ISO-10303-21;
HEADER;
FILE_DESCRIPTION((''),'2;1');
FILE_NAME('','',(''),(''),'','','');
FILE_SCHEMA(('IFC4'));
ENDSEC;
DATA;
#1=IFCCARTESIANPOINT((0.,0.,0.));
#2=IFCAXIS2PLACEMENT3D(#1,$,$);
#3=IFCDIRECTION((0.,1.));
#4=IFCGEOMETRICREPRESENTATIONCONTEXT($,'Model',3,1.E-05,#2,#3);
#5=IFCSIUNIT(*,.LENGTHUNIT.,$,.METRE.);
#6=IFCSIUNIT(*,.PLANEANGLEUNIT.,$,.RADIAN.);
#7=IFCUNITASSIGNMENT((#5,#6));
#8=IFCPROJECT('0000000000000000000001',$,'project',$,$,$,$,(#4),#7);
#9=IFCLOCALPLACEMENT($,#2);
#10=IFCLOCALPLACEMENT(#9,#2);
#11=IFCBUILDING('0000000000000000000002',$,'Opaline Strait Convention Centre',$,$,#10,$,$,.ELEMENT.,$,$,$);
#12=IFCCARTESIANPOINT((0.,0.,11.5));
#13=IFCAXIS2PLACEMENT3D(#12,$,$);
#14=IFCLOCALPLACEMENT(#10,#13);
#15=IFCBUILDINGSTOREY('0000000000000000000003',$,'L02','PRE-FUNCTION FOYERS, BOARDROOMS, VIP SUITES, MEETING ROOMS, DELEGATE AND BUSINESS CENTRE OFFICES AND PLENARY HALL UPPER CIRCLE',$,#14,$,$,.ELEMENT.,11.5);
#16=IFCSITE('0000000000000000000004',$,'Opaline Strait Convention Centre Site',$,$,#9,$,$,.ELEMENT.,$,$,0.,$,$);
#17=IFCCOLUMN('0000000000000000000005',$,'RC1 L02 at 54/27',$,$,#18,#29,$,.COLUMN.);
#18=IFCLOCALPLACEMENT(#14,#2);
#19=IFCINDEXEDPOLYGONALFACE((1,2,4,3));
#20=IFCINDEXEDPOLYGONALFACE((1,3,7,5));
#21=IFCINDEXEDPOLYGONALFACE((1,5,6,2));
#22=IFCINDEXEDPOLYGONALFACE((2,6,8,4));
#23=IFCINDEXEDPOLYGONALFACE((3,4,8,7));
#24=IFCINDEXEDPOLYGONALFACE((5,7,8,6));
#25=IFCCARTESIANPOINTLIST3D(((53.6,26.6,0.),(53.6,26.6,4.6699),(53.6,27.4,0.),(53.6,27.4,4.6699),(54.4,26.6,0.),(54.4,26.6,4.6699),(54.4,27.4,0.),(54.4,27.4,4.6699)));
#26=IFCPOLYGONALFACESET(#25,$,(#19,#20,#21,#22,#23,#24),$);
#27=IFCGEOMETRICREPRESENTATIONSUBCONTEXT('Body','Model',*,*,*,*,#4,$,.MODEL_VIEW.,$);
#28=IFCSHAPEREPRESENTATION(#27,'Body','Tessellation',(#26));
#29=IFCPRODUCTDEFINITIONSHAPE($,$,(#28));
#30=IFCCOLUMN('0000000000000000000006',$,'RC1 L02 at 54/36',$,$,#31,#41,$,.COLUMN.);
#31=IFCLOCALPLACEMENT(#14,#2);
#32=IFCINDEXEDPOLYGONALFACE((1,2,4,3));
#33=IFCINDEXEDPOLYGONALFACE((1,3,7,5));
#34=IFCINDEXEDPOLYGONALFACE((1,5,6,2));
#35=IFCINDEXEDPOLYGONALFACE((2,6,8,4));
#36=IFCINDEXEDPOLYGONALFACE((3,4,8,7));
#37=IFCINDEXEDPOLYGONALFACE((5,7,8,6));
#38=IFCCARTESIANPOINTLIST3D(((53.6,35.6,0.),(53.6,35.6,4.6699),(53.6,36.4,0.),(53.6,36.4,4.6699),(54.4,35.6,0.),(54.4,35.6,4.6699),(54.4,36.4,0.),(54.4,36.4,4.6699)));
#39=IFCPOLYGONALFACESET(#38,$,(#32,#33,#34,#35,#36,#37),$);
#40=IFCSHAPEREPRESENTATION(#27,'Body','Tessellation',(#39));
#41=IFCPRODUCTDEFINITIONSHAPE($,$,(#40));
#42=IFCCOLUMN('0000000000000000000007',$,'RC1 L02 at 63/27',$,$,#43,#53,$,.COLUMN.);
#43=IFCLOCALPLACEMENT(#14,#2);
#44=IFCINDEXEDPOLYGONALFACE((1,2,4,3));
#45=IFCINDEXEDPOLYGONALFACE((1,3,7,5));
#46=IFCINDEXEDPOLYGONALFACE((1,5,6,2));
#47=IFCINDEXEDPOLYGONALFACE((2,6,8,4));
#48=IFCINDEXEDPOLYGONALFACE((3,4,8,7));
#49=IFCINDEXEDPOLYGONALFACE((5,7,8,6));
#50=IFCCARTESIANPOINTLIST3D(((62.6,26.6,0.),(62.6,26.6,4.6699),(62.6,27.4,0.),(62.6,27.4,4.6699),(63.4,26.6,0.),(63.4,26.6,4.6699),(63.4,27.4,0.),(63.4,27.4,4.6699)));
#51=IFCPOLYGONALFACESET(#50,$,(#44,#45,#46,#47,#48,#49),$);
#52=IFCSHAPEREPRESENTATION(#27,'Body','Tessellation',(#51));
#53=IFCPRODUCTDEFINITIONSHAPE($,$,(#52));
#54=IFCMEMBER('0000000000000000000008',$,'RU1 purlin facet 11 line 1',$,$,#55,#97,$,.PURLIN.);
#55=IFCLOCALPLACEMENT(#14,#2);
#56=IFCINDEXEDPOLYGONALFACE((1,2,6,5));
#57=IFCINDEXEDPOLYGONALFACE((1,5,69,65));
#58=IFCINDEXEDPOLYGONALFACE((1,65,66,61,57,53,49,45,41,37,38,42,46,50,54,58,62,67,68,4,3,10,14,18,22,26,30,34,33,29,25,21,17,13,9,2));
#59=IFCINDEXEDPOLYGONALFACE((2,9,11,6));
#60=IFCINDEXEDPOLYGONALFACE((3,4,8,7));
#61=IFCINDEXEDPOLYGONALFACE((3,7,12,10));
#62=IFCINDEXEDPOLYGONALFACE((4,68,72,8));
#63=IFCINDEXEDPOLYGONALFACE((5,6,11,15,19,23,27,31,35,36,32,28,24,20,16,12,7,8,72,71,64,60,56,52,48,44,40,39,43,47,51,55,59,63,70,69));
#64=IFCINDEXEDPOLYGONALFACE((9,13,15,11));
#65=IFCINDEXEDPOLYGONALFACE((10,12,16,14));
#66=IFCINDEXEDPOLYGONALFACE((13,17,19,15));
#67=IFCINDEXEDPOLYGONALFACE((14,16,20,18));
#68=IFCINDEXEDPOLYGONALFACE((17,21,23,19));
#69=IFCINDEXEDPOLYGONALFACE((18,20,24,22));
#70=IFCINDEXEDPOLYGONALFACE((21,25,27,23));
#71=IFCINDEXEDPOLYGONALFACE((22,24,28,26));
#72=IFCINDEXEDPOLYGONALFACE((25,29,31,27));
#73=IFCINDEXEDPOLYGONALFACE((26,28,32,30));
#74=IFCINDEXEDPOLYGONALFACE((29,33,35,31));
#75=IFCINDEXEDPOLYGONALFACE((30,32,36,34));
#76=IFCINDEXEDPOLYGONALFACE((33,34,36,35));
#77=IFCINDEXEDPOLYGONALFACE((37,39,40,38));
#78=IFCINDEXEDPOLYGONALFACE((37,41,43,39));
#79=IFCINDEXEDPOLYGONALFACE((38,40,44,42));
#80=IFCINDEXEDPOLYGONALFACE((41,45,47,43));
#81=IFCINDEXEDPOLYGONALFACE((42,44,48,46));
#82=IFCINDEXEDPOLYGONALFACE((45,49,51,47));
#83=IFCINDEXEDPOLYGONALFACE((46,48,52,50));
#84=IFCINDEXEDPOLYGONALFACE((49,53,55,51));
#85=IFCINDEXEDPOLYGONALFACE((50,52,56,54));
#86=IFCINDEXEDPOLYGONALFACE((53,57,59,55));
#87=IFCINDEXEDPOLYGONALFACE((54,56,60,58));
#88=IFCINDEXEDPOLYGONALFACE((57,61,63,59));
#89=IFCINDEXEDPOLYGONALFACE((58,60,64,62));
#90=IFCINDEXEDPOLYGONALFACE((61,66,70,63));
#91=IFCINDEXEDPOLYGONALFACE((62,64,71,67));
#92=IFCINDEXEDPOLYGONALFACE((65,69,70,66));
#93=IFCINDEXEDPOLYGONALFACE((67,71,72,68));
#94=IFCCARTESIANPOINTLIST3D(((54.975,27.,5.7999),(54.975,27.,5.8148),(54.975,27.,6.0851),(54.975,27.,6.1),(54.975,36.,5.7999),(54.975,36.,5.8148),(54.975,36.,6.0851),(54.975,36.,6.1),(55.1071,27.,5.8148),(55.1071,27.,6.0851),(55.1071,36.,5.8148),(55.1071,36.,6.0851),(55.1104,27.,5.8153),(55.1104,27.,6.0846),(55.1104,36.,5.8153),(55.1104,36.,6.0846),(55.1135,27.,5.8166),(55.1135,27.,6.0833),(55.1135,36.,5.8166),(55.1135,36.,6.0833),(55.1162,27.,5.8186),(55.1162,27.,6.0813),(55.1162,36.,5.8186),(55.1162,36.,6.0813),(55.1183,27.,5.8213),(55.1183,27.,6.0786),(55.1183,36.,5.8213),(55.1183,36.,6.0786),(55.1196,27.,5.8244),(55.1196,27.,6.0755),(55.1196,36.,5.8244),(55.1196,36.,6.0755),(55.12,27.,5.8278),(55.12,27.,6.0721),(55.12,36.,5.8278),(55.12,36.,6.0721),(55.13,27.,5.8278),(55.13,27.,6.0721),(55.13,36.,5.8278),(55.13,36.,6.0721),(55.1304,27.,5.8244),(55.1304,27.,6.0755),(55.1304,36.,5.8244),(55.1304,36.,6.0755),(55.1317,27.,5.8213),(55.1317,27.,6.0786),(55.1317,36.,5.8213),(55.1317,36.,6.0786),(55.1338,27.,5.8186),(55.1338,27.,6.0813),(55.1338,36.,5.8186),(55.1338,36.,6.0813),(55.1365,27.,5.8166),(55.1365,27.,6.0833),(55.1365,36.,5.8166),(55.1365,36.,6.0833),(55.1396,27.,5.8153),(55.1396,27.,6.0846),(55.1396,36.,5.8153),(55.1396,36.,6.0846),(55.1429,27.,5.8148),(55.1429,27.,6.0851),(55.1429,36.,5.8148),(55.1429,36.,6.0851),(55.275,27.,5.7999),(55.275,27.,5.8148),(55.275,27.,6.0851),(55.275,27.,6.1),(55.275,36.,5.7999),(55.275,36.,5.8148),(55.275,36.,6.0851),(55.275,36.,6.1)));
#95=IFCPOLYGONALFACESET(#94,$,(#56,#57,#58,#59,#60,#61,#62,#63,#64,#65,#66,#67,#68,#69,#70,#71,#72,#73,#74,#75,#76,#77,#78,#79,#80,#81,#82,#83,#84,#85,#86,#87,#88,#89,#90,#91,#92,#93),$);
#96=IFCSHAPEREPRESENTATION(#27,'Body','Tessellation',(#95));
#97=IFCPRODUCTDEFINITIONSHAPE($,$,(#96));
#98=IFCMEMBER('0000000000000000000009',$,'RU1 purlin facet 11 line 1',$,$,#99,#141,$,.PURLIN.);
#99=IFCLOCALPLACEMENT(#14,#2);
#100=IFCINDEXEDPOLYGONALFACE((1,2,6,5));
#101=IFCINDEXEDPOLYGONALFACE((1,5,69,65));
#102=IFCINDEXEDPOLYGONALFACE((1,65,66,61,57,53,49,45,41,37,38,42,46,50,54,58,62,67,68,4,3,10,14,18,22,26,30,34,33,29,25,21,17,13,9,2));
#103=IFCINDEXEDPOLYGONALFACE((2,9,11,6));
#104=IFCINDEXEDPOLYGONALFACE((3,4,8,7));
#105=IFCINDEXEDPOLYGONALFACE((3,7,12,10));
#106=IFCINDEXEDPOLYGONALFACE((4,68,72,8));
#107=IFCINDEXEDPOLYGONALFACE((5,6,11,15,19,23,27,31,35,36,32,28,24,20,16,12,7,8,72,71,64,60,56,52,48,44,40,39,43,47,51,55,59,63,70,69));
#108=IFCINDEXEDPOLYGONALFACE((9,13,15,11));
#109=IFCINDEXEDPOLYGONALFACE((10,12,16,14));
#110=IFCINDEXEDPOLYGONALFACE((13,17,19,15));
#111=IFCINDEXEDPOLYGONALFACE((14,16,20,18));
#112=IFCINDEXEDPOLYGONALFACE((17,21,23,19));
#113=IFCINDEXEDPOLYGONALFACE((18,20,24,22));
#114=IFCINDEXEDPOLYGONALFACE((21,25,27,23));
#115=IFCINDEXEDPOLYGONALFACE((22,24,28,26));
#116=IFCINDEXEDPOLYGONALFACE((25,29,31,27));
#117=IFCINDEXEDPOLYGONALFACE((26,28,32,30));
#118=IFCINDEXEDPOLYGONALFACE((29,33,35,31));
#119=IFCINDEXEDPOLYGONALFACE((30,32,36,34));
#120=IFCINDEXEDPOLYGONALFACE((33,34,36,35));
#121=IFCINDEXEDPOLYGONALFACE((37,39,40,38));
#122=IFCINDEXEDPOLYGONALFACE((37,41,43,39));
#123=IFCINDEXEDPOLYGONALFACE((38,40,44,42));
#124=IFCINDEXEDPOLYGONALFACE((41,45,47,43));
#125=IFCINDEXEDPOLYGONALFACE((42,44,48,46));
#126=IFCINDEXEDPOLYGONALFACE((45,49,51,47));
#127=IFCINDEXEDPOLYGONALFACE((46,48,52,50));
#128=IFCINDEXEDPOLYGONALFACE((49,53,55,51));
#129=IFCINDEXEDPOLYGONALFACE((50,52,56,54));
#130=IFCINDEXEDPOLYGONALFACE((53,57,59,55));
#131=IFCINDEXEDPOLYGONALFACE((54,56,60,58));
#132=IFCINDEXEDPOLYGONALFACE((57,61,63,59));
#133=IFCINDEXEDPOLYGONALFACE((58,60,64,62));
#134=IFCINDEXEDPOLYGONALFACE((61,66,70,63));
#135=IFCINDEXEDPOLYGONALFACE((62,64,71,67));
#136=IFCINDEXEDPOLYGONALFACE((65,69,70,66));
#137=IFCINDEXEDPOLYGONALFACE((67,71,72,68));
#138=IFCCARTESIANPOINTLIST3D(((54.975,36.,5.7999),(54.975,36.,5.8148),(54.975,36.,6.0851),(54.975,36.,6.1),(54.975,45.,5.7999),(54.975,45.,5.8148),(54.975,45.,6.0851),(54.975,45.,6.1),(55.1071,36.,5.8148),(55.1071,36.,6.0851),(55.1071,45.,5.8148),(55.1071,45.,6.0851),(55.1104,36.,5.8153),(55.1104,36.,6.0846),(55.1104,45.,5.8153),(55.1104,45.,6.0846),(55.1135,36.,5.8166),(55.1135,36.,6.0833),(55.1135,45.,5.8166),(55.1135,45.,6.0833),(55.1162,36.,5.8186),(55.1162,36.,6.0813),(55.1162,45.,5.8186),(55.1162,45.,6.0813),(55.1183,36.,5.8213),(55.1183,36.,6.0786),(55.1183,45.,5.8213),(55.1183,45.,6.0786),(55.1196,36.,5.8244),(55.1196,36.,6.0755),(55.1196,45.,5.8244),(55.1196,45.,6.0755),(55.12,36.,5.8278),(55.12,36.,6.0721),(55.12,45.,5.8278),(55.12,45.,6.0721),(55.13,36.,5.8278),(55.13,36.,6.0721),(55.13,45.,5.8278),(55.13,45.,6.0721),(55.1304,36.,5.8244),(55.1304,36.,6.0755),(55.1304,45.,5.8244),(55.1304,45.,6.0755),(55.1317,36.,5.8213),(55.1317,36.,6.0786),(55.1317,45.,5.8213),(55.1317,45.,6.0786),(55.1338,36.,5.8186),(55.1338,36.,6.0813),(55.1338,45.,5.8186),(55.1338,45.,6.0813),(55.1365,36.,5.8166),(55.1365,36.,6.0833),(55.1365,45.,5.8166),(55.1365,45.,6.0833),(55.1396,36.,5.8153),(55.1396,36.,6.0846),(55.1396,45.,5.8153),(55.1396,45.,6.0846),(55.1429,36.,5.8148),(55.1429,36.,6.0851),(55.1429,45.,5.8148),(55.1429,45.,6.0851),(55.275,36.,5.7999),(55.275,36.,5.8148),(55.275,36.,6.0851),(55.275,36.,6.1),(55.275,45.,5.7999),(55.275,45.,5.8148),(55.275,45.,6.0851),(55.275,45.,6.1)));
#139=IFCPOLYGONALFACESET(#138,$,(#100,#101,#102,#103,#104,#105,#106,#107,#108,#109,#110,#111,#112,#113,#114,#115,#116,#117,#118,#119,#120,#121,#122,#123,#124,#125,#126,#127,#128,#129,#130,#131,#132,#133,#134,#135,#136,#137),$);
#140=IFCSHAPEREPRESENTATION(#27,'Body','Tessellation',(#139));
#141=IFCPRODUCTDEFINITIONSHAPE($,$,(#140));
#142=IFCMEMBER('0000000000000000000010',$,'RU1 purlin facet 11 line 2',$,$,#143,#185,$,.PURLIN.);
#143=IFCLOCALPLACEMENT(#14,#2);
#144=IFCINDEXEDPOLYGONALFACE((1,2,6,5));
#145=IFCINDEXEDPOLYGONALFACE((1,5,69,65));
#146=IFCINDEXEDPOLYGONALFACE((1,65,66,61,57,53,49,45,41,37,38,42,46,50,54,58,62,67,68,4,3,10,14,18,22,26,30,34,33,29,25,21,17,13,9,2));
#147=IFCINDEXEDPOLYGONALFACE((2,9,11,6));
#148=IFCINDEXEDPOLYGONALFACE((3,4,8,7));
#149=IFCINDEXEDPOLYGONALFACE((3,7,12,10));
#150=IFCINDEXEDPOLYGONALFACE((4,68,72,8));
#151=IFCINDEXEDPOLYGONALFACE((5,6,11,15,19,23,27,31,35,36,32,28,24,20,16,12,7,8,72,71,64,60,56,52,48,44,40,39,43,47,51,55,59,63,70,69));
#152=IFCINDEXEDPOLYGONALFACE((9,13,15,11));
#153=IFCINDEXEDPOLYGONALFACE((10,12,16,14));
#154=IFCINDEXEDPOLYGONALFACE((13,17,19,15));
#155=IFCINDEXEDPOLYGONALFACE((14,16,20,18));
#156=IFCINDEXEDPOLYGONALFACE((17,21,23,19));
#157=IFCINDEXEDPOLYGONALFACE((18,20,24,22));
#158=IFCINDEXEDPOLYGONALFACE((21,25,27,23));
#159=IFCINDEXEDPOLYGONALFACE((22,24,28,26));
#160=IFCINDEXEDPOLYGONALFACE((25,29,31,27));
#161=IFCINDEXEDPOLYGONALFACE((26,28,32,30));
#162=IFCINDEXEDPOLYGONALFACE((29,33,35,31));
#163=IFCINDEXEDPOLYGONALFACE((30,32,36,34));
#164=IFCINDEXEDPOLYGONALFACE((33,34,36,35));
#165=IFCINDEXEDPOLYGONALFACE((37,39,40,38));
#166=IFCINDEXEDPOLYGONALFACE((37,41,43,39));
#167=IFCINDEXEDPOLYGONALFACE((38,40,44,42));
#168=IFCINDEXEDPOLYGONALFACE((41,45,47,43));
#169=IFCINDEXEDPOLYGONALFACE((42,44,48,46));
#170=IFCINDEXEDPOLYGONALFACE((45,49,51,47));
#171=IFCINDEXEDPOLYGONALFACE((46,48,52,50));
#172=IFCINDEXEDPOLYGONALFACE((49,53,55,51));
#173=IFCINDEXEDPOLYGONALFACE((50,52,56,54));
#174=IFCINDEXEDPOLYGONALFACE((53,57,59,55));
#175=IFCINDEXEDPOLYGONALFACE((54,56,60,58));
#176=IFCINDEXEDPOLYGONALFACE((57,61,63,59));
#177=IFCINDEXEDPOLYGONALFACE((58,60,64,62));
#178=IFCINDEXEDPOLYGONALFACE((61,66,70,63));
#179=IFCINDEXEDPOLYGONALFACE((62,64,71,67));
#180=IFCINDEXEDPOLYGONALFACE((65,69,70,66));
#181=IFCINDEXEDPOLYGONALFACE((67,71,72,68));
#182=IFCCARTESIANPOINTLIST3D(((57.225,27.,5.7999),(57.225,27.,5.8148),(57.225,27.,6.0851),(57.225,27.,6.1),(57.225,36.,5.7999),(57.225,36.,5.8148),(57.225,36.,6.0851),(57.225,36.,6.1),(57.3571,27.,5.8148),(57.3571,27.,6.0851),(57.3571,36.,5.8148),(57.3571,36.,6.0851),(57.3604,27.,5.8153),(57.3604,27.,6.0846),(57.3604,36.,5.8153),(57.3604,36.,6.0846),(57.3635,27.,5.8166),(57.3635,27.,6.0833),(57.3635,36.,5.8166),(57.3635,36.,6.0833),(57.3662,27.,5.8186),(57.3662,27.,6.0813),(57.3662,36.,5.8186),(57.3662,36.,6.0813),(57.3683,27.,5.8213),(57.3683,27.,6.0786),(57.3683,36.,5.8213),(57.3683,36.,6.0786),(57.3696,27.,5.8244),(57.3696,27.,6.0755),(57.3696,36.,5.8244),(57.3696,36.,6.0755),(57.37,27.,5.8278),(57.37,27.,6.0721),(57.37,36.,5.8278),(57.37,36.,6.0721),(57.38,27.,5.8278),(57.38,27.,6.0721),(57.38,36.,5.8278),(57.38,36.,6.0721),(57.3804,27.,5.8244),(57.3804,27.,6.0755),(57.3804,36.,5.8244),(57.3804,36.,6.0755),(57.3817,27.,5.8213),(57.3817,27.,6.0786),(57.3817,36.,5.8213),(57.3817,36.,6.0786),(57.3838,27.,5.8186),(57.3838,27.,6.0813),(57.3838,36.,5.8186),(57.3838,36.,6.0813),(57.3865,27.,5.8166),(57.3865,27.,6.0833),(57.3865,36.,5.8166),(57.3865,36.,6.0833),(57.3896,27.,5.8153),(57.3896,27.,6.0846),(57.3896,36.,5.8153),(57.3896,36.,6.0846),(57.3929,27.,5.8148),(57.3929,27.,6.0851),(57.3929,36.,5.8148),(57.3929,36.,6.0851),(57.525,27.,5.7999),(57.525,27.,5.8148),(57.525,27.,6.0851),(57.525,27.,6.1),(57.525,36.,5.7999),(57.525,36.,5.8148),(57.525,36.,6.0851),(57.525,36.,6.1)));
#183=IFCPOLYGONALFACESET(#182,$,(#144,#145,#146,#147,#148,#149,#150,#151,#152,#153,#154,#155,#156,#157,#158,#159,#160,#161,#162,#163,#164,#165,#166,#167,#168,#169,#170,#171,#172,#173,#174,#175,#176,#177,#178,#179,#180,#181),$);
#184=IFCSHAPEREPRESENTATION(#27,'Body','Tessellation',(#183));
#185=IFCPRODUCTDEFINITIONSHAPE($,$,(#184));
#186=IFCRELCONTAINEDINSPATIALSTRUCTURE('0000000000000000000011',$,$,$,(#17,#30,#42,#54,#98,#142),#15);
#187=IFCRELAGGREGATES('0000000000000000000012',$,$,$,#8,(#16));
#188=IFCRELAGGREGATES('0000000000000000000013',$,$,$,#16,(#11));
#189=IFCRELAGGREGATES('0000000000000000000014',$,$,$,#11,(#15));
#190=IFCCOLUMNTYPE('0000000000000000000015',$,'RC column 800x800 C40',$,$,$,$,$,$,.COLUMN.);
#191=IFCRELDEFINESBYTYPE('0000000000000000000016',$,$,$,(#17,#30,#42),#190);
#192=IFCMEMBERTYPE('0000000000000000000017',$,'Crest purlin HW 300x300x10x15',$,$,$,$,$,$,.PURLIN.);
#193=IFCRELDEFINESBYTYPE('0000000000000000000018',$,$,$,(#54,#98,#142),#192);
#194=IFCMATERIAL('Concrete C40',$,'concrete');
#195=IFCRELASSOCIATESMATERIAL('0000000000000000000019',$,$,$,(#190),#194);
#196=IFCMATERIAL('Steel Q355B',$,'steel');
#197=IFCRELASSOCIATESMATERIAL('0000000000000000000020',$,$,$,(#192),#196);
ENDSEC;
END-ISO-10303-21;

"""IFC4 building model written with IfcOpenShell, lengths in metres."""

from ifc_helpers import new_model, si_unit, direction, frame, origin, origin_2d, place, context, subcontext, project, spatial, rectangle, i_section, extrude, material, material_profile, profile_set, type_object, element, save


model = new_model("IFC4")

# Units and contexts
model_context = context("Model", 3, precision=1e-05, world=origin(), true_north=direction((0.0, 1.0)))
body_context = subcontext(model_context, "Body", "Model", "MODEL_VIEW")
ifc_project = project(units=[si_unit("LENGTHUNIT", "METRE"), si_unit("PLANEANGLEUNIT", "RADIAN")], contexts=[model_context])

# Site, building, storey
site_placement = place(None, origin())
site = spatial("IfcSite", under=ifc_project, at=site_placement, Name="Opaline Strait Convention Centre Site", CompositionType="ELEMENT", RefElevation=0.0)
building_placement = place(site_placement, origin())
building = spatial("IfcBuilding", under=site, at=building_placement, Name="Opaline Strait Convention Centre", CompositionType="ELEMENT")
storey_placement = place(building_placement, frame((0.0, 0.0, 11.5)))
storey = spatial("IfcBuildingStorey", under=building, at=storey_placement, Name="L02", Description="PRE-FUNCTION FOYERS, BOARDROOMS, VIP SUITES, MEETING ROOMS, DELEGATE AND BUSINESS CENTRE OFFICES AND PLENARY HALL UPPER CIRCLE", CompositionType="ELEMENT", Elevation=11.5)

# Columns
ifc_material_1 = material(Name="Concrete C40", Category="concrete")
ifc_material_profile_1 = material_profile(ifc_material_1, rectangle(XDim=0.8, YDim=0.8, at=origin_2d()), Name="RC 800x800")
ifc_profile_set_1 = profile_set([ifc_material_profile_1], Name="Concrete C40")
column_type = type_object("IfcColumnType", Name="RC column 800x800 C40", PredefinedType="COLUMN", material=ifc_profile_set_1)
for number, where, z_axis, x_axis, name in (
    (1, (54.0, 27.0, 0.0), (0.0, 0.0, 1.0), (1.0, 0.0, 0.0), "RC1 L02 at 54/27"),
    (2, (54.0, 36.0, 0.0), (0.0, 0.0, 1.0), (1.0, 0.0, 0.0), "RC1 L02 at 54/36"),
    (3, (63.0, 27.0, 0.0), (0.0, 0.0, 1.0), (1.0, 0.0, 0.0), "RC1 L02 at 63/27"),
):
    element("IfcColumn", number, at=place(storey_placement, frame(where, z_axis=z_axis, x_axis=x_axis)), inside=storey, type_object=column_type, Name=name, PredefinedType="COLUMN", context=body_context, shape_type="SweptSolid", body=[
        extrude(rectangle(XDim=0.8, YDim=0.8, at=origin_2d()), origin(), (0.0, 0.0, 1.0), 4.6699),
    ])

# Members
ifc_material_2 = material(Name="Steel Q355B", Category="steel")
ifc_material_profile_2 = material_profile(ifc_material_2, i_section(OverallWidth=0.3, OverallDepth=0.3, WebThickness=0.01, FlangeThickness=0.0149, FilletRadius=0.0129, at=origin_2d()), Name="HW 300x300x10x15")
ifc_profile_set_2 = profile_set([ifc_material_profile_2], Name="Steel Q355B")
member_type_1 = type_object("IfcMemberType", Name="Crest purlin HW 300x300x10x15", PredefinedType="PURLIN", material=ifc_profile_set_2)
for number, where, z_axis, x_axis, name in (
    (4, (55.125, 27.0, 5.95), (0.0, 1.0, 0.0), (-1.0, 0.0, 0.0), "RU1 purlin facet 11 line 1"),
    (5, (55.125, 36.0, 5.95), (0.0, 1.0, 0.0), (-1.0, 0.0, 0.0), "RU1 purlin facet 11 line 1"),
    (6, (57.375, 27.0, 5.95), (0.0, 1.0, 0.0), (-1.0, 0.0, 0.0), "RU1 purlin facet 11 line 2"),
):
    element("IfcMember", number, at=place(storey_placement, frame(where, z_axis=z_axis, x_axis=x_axis)), inside=storey, type_object=member_type_1, Name=name, PredefinedType="PURLIN", context=body_context, shape_type="SweptSolid", body=[
        extrude(i_section(OverallWidth=0.3, OverallDepth=0.3, WebThickness=0.01, FlangeThickness=0.0149, FilletRadius=0.0129, at=origin_2d()), origin(), (0.0, 0.0, 1.0), 9.0),
    ])

save(model, "model.ifc")
